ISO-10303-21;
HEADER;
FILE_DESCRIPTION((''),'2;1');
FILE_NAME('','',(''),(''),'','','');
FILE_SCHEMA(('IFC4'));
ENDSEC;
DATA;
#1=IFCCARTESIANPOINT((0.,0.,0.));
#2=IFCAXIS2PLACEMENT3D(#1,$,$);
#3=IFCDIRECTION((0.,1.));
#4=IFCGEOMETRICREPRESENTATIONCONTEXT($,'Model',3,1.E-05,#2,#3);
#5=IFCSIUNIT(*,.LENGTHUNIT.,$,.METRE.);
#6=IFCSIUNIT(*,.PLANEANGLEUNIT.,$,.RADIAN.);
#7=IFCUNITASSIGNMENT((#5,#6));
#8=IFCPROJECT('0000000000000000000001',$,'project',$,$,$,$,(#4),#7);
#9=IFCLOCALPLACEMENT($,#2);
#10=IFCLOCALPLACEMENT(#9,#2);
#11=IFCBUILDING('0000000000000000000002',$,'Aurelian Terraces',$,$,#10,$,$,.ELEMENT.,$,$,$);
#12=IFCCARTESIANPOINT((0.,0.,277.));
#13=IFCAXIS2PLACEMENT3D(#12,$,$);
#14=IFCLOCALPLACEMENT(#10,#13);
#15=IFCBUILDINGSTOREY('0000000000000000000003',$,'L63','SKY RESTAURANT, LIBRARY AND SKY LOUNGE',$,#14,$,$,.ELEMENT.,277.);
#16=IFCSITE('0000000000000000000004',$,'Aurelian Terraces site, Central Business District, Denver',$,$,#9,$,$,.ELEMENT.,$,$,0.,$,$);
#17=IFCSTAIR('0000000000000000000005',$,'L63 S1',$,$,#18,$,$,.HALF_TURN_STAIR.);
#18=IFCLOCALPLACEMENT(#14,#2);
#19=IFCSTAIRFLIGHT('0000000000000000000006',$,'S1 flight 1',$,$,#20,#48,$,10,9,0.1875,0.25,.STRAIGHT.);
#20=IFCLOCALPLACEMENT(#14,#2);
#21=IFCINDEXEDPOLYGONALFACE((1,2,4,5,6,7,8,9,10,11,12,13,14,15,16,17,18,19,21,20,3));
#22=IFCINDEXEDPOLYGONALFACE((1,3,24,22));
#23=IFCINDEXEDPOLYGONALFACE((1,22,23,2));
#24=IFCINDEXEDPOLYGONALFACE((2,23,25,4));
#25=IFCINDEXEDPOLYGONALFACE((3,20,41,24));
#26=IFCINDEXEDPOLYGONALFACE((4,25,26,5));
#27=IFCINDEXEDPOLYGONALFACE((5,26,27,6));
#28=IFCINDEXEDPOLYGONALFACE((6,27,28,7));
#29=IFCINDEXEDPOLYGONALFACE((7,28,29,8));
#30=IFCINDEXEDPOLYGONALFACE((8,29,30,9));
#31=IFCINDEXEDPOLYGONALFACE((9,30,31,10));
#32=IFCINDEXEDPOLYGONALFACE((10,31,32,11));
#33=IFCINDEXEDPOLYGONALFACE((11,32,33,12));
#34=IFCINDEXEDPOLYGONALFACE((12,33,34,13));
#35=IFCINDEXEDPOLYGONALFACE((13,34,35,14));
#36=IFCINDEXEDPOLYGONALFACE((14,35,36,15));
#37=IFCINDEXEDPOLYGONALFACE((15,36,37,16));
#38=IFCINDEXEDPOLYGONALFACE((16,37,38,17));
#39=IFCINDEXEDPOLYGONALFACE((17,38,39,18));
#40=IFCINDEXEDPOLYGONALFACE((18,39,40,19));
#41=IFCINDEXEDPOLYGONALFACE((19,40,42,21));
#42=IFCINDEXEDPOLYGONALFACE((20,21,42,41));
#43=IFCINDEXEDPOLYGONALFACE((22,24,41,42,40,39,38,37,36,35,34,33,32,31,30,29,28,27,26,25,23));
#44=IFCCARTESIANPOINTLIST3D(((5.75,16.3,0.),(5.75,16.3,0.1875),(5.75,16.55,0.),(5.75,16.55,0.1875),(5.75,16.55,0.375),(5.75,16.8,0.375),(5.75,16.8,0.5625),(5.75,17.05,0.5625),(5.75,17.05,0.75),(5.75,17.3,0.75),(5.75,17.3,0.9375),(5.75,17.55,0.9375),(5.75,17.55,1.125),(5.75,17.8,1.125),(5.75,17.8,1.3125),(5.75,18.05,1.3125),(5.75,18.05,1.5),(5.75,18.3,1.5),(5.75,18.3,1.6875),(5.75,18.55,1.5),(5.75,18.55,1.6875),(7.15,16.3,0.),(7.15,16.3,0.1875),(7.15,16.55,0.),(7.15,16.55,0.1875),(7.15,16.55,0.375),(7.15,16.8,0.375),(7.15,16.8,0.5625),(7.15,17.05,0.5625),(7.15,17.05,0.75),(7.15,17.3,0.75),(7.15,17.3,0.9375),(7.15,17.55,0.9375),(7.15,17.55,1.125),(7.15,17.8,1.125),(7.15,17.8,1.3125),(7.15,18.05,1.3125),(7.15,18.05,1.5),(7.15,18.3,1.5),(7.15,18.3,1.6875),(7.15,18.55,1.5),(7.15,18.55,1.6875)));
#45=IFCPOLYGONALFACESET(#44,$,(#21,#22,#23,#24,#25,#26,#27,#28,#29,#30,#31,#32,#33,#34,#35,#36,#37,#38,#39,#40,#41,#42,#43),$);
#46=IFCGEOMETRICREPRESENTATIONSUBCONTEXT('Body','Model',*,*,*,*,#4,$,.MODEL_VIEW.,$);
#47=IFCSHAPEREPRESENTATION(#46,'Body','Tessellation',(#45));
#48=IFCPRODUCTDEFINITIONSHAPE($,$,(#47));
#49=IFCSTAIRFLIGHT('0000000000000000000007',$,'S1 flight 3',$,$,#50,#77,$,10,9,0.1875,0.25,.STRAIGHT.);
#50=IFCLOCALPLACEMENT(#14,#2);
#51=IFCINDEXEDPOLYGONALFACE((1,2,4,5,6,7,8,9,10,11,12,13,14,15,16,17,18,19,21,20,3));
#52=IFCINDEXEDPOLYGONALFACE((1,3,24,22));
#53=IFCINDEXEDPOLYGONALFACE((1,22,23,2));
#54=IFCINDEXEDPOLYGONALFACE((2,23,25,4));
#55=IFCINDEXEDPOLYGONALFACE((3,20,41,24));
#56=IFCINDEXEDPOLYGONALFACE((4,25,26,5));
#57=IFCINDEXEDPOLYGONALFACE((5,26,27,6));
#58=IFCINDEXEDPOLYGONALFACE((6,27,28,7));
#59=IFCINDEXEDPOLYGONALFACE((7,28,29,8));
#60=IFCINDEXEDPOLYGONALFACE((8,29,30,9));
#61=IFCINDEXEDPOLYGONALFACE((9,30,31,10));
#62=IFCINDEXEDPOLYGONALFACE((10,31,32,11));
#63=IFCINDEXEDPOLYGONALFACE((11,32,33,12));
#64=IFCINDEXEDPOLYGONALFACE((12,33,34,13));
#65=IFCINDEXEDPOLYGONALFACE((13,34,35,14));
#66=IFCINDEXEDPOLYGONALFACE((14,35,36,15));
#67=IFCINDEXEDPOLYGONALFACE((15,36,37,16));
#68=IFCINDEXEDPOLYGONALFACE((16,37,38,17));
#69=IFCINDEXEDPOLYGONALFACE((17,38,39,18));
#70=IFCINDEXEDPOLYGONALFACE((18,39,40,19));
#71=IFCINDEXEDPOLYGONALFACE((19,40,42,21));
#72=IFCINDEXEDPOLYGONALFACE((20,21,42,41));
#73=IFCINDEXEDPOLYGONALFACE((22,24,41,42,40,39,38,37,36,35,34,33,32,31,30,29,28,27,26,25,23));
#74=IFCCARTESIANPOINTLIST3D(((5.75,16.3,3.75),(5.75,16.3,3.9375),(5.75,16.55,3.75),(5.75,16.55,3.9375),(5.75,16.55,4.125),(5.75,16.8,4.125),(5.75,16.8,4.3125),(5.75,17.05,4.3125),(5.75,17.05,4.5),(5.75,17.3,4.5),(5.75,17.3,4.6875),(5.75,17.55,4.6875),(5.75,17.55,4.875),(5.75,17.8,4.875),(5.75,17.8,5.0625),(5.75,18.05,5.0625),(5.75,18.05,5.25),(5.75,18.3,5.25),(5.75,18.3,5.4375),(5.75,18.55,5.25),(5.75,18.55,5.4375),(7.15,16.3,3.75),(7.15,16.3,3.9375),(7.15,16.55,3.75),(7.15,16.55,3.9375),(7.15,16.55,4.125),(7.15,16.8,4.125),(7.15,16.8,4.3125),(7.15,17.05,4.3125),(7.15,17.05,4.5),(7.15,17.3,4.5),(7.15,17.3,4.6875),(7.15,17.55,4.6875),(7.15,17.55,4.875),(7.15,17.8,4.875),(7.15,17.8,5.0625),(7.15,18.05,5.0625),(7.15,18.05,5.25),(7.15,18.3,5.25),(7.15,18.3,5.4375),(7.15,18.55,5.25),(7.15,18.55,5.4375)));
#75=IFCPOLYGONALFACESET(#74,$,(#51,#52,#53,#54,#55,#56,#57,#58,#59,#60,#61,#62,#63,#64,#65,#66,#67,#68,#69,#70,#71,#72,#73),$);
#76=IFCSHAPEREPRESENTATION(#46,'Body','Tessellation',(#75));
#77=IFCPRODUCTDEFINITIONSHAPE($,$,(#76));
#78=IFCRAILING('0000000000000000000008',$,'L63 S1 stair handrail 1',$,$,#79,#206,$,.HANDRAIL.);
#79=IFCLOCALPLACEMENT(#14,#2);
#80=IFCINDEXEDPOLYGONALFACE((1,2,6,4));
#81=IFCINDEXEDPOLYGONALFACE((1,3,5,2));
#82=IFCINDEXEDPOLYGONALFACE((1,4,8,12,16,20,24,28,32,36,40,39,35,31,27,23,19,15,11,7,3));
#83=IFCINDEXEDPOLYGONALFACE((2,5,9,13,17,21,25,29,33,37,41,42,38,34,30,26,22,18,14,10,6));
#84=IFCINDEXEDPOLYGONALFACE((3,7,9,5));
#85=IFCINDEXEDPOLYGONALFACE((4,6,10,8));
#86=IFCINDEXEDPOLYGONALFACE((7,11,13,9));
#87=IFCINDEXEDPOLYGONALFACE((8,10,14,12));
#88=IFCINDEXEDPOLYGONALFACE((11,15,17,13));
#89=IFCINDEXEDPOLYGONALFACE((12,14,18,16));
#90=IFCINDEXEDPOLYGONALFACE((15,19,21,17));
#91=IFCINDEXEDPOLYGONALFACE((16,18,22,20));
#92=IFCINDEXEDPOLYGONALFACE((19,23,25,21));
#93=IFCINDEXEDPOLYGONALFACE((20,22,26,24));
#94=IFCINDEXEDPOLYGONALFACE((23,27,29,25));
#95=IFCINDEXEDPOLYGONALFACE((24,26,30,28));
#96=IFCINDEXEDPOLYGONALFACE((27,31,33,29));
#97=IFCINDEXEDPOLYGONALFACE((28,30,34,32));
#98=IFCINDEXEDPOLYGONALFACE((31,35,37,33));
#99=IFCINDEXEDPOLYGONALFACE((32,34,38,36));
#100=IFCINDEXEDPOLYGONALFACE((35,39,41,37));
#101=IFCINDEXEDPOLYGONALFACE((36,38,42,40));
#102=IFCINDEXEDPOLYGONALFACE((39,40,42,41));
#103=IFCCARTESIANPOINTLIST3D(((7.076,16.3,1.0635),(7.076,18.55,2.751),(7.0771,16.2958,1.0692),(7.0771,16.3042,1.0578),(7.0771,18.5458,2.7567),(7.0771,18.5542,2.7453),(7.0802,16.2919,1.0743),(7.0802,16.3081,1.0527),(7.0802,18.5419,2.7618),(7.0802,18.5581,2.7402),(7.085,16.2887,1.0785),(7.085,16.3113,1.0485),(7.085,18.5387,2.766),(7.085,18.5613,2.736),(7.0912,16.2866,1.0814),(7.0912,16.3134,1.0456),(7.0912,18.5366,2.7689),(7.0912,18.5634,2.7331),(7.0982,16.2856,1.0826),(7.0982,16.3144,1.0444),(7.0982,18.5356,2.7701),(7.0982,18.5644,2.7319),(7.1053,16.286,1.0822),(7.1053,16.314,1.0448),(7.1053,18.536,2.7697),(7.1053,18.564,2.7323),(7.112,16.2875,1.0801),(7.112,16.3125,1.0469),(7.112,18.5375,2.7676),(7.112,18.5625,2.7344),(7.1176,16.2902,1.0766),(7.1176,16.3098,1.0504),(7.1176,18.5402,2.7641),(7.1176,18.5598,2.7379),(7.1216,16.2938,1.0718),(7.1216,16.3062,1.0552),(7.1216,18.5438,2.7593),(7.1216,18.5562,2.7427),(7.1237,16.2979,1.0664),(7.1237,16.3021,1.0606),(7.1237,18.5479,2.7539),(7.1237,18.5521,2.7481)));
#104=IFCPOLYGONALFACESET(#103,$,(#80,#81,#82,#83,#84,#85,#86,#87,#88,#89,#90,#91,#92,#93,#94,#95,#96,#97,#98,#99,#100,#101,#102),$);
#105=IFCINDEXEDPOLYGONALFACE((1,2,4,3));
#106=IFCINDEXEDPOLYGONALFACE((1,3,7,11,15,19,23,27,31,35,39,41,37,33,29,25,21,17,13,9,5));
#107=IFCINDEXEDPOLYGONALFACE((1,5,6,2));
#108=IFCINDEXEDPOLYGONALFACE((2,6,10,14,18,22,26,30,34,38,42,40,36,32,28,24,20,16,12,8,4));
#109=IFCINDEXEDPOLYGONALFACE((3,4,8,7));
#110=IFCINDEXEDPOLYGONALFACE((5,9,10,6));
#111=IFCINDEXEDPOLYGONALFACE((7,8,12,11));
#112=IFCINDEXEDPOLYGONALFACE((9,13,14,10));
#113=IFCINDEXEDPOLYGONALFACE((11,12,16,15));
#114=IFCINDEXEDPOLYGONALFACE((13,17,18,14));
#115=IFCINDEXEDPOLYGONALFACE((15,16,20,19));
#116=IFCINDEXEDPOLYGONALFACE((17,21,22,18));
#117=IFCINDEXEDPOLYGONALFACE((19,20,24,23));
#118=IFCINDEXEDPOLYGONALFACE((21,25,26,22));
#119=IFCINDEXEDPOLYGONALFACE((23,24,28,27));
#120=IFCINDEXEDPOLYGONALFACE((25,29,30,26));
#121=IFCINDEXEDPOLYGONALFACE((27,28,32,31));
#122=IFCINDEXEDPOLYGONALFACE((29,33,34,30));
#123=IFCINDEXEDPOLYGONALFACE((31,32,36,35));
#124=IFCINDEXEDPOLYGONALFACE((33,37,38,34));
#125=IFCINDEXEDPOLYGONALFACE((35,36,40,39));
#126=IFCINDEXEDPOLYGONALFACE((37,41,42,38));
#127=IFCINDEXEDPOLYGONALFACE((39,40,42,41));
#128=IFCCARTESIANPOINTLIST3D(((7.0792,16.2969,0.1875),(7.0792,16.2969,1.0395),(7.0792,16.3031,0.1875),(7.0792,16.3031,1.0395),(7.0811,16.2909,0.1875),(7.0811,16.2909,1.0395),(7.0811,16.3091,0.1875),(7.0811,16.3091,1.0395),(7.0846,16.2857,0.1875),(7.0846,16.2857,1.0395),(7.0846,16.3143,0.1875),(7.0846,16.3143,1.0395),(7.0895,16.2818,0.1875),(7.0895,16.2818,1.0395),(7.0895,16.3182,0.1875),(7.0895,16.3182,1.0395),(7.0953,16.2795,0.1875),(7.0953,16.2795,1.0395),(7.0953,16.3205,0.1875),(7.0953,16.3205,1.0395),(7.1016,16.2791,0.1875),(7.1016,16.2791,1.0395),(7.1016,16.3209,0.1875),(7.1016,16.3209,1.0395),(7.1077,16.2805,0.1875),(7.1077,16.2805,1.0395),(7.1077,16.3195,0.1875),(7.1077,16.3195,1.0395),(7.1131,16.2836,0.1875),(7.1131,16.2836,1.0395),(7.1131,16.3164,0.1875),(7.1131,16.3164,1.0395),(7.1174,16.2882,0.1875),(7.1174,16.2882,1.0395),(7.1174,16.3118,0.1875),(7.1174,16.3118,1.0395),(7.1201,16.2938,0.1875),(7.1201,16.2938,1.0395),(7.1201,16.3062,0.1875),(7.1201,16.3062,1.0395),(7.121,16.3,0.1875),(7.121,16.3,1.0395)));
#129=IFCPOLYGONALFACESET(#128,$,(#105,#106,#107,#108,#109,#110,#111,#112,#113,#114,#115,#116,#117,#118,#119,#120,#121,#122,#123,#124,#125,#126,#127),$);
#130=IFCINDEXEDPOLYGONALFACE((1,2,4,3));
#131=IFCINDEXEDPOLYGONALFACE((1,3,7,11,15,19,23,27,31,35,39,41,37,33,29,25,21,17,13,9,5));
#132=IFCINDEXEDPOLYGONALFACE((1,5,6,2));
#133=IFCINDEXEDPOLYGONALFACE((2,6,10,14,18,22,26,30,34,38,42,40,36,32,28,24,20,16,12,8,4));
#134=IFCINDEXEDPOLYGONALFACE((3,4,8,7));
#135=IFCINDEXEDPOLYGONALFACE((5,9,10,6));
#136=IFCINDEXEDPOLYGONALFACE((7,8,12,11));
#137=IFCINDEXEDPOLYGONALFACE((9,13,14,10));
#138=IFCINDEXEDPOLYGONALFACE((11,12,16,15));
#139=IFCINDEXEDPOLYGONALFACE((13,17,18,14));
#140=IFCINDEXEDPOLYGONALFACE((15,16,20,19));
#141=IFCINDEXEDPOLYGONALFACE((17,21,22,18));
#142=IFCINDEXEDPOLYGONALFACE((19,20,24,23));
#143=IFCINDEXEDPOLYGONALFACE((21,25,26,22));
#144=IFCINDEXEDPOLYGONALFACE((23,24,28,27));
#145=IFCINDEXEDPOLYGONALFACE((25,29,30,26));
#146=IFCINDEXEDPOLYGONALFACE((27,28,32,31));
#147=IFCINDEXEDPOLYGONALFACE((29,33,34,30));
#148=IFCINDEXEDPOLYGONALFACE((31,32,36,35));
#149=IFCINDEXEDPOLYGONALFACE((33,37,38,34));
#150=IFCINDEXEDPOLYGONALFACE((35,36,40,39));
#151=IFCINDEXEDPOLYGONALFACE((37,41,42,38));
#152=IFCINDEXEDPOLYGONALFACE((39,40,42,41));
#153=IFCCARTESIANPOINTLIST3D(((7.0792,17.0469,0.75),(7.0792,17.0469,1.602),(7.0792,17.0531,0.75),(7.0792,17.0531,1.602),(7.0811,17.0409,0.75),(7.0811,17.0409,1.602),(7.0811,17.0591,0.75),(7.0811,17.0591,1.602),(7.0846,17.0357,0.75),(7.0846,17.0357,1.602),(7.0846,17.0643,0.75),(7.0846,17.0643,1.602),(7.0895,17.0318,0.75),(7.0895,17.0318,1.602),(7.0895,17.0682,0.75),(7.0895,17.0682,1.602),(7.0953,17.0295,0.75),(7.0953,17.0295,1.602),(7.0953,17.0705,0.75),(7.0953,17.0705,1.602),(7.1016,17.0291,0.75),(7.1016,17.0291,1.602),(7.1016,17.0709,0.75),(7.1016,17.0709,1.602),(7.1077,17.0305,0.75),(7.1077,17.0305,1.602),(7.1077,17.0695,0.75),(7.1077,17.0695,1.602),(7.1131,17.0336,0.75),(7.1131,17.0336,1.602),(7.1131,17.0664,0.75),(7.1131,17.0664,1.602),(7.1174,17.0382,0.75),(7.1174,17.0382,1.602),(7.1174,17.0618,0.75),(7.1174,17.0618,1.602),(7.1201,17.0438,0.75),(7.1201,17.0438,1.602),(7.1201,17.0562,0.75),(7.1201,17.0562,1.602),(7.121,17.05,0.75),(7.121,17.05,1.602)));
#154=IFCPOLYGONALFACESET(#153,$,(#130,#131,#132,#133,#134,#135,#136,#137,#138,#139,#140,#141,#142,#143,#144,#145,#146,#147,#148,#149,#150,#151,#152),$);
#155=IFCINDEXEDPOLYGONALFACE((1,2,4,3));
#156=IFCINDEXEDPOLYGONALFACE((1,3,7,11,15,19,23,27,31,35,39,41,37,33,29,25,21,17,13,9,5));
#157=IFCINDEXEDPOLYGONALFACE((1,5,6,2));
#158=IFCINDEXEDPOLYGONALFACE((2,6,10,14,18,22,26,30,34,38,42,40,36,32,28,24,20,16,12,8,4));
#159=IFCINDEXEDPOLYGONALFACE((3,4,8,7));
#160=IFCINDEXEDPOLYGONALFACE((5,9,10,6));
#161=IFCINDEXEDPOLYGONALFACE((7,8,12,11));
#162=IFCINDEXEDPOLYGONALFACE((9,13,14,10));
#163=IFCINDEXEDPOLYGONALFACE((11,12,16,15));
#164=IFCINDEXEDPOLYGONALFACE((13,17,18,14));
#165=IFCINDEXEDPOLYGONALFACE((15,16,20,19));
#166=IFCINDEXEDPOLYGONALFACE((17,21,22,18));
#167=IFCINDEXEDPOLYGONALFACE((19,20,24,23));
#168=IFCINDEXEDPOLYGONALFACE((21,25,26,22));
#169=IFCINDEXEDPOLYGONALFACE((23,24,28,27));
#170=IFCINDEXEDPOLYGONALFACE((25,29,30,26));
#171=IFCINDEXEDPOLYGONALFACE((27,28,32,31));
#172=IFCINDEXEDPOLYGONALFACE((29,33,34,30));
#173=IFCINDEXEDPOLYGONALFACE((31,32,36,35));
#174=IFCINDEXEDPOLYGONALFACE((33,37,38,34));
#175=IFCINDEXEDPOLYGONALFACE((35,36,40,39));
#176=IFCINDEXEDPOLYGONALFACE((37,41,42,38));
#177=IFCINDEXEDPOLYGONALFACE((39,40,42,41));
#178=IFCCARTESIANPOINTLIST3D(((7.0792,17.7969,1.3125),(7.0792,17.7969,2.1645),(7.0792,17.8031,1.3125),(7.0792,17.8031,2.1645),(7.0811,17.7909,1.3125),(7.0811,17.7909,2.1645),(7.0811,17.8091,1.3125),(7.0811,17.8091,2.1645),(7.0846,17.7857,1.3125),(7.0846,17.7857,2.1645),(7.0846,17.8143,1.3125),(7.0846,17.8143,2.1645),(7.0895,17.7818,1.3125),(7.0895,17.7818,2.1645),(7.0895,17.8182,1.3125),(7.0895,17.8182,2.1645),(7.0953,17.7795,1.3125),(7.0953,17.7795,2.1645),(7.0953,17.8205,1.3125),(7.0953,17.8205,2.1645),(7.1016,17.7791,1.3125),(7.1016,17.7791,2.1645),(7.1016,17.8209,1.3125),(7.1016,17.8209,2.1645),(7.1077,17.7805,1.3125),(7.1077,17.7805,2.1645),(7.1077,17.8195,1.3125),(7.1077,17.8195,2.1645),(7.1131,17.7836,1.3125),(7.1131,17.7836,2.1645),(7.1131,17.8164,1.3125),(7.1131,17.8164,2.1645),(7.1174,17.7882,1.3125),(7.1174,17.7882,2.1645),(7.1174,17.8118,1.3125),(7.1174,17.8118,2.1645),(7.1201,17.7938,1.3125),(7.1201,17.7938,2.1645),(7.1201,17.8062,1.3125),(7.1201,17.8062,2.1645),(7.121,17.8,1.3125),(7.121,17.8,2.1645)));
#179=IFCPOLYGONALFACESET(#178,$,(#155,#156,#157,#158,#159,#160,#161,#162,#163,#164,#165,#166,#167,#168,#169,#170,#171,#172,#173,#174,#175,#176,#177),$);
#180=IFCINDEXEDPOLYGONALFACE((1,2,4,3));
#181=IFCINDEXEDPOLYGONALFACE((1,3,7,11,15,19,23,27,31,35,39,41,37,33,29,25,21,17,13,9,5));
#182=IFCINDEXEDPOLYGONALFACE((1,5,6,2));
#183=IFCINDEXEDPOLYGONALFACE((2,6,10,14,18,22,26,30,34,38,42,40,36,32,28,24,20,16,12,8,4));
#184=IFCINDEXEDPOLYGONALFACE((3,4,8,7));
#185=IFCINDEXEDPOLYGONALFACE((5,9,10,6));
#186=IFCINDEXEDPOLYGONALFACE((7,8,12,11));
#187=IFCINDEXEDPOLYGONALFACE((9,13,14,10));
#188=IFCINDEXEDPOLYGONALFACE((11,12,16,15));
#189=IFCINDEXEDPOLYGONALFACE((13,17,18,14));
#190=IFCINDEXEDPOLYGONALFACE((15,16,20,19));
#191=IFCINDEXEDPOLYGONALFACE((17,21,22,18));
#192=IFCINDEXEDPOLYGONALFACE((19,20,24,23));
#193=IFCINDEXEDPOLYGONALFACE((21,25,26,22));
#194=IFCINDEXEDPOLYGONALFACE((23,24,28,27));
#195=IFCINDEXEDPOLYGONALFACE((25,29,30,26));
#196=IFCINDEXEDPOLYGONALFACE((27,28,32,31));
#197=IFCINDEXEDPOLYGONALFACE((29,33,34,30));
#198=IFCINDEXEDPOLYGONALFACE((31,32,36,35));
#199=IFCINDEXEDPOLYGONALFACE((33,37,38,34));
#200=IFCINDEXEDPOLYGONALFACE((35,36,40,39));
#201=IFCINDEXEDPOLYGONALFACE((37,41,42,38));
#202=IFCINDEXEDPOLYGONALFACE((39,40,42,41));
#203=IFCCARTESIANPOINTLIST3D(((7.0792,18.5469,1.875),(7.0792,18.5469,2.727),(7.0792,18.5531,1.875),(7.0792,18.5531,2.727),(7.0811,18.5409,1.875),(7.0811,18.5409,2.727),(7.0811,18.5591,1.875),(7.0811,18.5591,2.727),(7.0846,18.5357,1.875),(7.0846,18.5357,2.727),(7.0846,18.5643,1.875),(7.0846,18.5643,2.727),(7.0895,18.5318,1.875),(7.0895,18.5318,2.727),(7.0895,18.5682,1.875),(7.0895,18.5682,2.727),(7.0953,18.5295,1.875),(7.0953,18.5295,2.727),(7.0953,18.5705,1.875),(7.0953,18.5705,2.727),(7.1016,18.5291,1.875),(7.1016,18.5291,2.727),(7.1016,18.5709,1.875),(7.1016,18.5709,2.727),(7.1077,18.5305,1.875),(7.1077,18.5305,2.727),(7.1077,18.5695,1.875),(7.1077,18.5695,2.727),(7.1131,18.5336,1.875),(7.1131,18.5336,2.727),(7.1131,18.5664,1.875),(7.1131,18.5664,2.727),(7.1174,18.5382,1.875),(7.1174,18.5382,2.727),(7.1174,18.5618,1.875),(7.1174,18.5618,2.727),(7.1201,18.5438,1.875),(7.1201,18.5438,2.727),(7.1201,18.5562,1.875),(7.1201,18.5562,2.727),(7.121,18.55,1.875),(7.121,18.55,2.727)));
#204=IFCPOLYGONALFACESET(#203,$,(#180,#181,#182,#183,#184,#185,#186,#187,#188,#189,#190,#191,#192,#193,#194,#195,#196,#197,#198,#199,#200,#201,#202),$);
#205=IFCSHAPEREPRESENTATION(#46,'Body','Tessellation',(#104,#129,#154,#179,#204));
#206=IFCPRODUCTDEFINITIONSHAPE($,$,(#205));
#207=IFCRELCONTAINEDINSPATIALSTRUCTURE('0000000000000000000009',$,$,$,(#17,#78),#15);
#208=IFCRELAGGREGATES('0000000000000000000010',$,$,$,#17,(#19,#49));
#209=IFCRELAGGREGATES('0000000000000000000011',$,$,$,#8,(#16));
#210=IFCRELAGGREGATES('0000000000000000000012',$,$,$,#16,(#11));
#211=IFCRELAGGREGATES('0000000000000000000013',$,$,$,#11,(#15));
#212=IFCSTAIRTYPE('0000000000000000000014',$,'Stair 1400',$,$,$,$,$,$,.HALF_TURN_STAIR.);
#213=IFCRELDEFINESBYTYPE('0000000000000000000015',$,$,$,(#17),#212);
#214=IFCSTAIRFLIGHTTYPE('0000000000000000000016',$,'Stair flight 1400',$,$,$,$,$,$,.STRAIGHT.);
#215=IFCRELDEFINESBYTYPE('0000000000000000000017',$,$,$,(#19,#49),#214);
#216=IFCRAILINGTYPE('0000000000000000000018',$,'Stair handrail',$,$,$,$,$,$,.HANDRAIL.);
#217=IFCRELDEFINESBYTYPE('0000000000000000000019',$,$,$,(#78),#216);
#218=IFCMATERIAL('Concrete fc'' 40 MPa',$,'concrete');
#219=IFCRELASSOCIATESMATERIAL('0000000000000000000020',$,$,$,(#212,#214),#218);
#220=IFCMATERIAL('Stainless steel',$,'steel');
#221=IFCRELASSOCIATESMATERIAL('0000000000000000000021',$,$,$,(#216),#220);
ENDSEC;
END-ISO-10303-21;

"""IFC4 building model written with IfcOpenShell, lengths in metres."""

from ifc_helpers import new_model, si_unit, direction, frame, origin, origin_2d, place, context, subcontext, project, spatial, polyline, circle, outline, extrude, source, transform, mapped, material, type_object, element, aggregate, save


model = new_model("IFC4")

# Units and contexts
model_context = context("Model", 3, precision=1e-05, world=origin(), true_north=direction((0.0, 1.0)))
body_context = subcontext(model_context, "Body", "Model", "MODEL_VIEW")
ifc_project = project(units=[si_unit("LENGTHUNIT", "METRE"), si_unit("PLANEANGLEUNIT", "RADIAN")], contexts=[model_context])

# Site, building, storey
site_placement = place(None, origin())
site = spatial("IfcSite", under=ifc_project, at=site_placement, Name="Aurelian Terraces site, Central Business District, Denver", CompositionType="ELEMENT", RefElevation=0.0)
building_placement = place(site_placement, origin())
building = spatial("IfcBuilding", under=site, at=building_placement, Name="Aurelian Terraces", CompositionType="ELEMENT")
storey_placement = place(building_placement, frame((0.0, 0.0, 277.0)))
storey = spatial("IfcBuildingStorey", under=building, at=storey_placement, Name="L63", Description="SKY RESTAURANT, LIBRARY AND SKY LOUNGE", CompositionType="ELEMENT", Elevation=277.0)

# Shared definitions
ifc_material_1 = material(Name="Concrete fc' 40 MPa", Category="concrete")
ifc_material_2 = material(Name="Stainless steel", Category="steel")

# Stair, stair flights
stair_type = type_object("IfcStairType", Name="Stair 1400", PredefinedType="HALF_TURN_STAIR", material=ifc_material_1)
stair_placement = place(storey_placement, origin())
stair = element("IfcStair", 1, at=stair_placement, inside=storey, type_object=stair_type, Name="L63 S1", PredefinedType="HALF_TURN_STAIR")
stair_flight_type = type_object("IfcStairFlightType", Name="Stair flight 1400", PredefinedType="STRAIGHT", material=ifc_material_1)
shared_shape_1 = source(origin(), body_context, "Body", "SweptSolid", [
    extrude(outline(polyline([(0.0, 0.0), (0.0, 0.1875), (0.25, 0.1875), (0.25, 0.375), (0.5, 0.375), (0.5, 0.5625), (0.75, 0.5625), (0.75, 0.75), (1.0, 0.75), (1.0, 0.9375), (1.25, 0.9375), (1.25, 1.125), (1.5, 1.125), (1.5, 1.3125), (1.75, 1.3125), (1.75, 1.5), (2.0, 1.5), (2.0, 1.6875), (2.25, 1.6875), (2.25, 1.875), (2.25, 1.5), (0.25, 0.0), (0.0, 0.0)])), frame((0.0, 0.7, 0.0), z_axis=(0.0, -1.0, 0.0), x_axis=(1.0, 0.0, 0.0)), (0.0, 0.0, 1.0), 1.4),
])
stair_flight_1_placement = place(storey_placement, frame((6.45, 16.3, 0.0), z_axis=(0.0, 0.0, 1.0), x_axis=(0.0, 1.0, 0.0)))
stair_flight_1 = element("IfcStairFlight", 2, at=stair_flight_1_placement, type_object=stair_flight_type, Name="S1 flight 1", NumberOfRisers=10, NumberOfTreads=9, PredefinedType="STRAIGHT", RiserHeight=0.1875, TreadLength=0.25, context=body_context, shape_type="MappedRepresentation", body=[
    mapped(shared_shape_1, transform((0.0, 0.0, 0.0), scale=1.0)),
])
stair_flight_2_placement = place(storey_placement, frame((6.45, 16.3, 3.75), z_axis=(0.0, 0.0, 1.0), x_axis=(0.0, 1.0, 0.0)))
stair_flight_2 = element("IfcStairFlight", 3, at=stair_flight_2_placement, type_object=stair_flight_type, Name="S1 flight 3", NumberOfRisers=10, NumberOfTreads=9, PredefinedType="STRAIGHT", RiserHeight=0.1875, TreadLength=0.25, context=body_context, shape_type="MappedRepresentation", body=[
    mapped(shared_shape_1, transform((0.0, 0.0, 0.0), scale=1.0)),
])
aggregate(stair, [stair_flight_1, stair_flight_2])

# Railing
railing_type = type_object("IfcRailingType", Name="Stair handrail", PredefinedType="HANDRAIL", material=ifc_material_2)
shared_shape_2 = source(origin(), body_context, "Body", "SweptSolid", [
    extrude(circle(Radius=0.024, at=origin_2d()), frame((0.0, 0.0, 0.876), z_axis=(0.0, 0.8, 0.6), x_axis=(-1.0, 0.0, 0.0)), (0.0, 0.0, 1.0), 2.8125),
    extrude(circle(Radius=0.021, at=origin_2d()), origin(), (0.0, 0.0, 1.0), 0.852),
    extrude(circle(Radius=0.021, at=origin_2d()), frame((0.0, 0.75, 0.5625)), (0.0, 0.0, 1.0), 0.852),
    extrude(circle(Radius=0.021, at=origin_2d()), frame((0.0, 1.5, 1.125)), (0.0, 0.0, 1.0), 0.852),
    extrude(circle(Radius=0.021, at=origin_2d()), frame((0.0, 2.25, 1.6875)), (0.0, 0.0, 1.0), 0.852),
])
for number, where, name in (
    (4, (7.1, 16.3, 0.1875), "L63 S1 stair handrail 1"),
):
    element("IfcRailing", number, at=place(storey_placement, frame(where)), inside=storey, type_object=railing_type, Name=name, PredefinedType="HANDRAIL", context=body_context, shape_type="MappedRepresentation", body=[
        mapped(shared_shape_2, transform((0.0, 0.0, 0.0), scale=1.0)),
    ])

save(model, "model.ifc")
